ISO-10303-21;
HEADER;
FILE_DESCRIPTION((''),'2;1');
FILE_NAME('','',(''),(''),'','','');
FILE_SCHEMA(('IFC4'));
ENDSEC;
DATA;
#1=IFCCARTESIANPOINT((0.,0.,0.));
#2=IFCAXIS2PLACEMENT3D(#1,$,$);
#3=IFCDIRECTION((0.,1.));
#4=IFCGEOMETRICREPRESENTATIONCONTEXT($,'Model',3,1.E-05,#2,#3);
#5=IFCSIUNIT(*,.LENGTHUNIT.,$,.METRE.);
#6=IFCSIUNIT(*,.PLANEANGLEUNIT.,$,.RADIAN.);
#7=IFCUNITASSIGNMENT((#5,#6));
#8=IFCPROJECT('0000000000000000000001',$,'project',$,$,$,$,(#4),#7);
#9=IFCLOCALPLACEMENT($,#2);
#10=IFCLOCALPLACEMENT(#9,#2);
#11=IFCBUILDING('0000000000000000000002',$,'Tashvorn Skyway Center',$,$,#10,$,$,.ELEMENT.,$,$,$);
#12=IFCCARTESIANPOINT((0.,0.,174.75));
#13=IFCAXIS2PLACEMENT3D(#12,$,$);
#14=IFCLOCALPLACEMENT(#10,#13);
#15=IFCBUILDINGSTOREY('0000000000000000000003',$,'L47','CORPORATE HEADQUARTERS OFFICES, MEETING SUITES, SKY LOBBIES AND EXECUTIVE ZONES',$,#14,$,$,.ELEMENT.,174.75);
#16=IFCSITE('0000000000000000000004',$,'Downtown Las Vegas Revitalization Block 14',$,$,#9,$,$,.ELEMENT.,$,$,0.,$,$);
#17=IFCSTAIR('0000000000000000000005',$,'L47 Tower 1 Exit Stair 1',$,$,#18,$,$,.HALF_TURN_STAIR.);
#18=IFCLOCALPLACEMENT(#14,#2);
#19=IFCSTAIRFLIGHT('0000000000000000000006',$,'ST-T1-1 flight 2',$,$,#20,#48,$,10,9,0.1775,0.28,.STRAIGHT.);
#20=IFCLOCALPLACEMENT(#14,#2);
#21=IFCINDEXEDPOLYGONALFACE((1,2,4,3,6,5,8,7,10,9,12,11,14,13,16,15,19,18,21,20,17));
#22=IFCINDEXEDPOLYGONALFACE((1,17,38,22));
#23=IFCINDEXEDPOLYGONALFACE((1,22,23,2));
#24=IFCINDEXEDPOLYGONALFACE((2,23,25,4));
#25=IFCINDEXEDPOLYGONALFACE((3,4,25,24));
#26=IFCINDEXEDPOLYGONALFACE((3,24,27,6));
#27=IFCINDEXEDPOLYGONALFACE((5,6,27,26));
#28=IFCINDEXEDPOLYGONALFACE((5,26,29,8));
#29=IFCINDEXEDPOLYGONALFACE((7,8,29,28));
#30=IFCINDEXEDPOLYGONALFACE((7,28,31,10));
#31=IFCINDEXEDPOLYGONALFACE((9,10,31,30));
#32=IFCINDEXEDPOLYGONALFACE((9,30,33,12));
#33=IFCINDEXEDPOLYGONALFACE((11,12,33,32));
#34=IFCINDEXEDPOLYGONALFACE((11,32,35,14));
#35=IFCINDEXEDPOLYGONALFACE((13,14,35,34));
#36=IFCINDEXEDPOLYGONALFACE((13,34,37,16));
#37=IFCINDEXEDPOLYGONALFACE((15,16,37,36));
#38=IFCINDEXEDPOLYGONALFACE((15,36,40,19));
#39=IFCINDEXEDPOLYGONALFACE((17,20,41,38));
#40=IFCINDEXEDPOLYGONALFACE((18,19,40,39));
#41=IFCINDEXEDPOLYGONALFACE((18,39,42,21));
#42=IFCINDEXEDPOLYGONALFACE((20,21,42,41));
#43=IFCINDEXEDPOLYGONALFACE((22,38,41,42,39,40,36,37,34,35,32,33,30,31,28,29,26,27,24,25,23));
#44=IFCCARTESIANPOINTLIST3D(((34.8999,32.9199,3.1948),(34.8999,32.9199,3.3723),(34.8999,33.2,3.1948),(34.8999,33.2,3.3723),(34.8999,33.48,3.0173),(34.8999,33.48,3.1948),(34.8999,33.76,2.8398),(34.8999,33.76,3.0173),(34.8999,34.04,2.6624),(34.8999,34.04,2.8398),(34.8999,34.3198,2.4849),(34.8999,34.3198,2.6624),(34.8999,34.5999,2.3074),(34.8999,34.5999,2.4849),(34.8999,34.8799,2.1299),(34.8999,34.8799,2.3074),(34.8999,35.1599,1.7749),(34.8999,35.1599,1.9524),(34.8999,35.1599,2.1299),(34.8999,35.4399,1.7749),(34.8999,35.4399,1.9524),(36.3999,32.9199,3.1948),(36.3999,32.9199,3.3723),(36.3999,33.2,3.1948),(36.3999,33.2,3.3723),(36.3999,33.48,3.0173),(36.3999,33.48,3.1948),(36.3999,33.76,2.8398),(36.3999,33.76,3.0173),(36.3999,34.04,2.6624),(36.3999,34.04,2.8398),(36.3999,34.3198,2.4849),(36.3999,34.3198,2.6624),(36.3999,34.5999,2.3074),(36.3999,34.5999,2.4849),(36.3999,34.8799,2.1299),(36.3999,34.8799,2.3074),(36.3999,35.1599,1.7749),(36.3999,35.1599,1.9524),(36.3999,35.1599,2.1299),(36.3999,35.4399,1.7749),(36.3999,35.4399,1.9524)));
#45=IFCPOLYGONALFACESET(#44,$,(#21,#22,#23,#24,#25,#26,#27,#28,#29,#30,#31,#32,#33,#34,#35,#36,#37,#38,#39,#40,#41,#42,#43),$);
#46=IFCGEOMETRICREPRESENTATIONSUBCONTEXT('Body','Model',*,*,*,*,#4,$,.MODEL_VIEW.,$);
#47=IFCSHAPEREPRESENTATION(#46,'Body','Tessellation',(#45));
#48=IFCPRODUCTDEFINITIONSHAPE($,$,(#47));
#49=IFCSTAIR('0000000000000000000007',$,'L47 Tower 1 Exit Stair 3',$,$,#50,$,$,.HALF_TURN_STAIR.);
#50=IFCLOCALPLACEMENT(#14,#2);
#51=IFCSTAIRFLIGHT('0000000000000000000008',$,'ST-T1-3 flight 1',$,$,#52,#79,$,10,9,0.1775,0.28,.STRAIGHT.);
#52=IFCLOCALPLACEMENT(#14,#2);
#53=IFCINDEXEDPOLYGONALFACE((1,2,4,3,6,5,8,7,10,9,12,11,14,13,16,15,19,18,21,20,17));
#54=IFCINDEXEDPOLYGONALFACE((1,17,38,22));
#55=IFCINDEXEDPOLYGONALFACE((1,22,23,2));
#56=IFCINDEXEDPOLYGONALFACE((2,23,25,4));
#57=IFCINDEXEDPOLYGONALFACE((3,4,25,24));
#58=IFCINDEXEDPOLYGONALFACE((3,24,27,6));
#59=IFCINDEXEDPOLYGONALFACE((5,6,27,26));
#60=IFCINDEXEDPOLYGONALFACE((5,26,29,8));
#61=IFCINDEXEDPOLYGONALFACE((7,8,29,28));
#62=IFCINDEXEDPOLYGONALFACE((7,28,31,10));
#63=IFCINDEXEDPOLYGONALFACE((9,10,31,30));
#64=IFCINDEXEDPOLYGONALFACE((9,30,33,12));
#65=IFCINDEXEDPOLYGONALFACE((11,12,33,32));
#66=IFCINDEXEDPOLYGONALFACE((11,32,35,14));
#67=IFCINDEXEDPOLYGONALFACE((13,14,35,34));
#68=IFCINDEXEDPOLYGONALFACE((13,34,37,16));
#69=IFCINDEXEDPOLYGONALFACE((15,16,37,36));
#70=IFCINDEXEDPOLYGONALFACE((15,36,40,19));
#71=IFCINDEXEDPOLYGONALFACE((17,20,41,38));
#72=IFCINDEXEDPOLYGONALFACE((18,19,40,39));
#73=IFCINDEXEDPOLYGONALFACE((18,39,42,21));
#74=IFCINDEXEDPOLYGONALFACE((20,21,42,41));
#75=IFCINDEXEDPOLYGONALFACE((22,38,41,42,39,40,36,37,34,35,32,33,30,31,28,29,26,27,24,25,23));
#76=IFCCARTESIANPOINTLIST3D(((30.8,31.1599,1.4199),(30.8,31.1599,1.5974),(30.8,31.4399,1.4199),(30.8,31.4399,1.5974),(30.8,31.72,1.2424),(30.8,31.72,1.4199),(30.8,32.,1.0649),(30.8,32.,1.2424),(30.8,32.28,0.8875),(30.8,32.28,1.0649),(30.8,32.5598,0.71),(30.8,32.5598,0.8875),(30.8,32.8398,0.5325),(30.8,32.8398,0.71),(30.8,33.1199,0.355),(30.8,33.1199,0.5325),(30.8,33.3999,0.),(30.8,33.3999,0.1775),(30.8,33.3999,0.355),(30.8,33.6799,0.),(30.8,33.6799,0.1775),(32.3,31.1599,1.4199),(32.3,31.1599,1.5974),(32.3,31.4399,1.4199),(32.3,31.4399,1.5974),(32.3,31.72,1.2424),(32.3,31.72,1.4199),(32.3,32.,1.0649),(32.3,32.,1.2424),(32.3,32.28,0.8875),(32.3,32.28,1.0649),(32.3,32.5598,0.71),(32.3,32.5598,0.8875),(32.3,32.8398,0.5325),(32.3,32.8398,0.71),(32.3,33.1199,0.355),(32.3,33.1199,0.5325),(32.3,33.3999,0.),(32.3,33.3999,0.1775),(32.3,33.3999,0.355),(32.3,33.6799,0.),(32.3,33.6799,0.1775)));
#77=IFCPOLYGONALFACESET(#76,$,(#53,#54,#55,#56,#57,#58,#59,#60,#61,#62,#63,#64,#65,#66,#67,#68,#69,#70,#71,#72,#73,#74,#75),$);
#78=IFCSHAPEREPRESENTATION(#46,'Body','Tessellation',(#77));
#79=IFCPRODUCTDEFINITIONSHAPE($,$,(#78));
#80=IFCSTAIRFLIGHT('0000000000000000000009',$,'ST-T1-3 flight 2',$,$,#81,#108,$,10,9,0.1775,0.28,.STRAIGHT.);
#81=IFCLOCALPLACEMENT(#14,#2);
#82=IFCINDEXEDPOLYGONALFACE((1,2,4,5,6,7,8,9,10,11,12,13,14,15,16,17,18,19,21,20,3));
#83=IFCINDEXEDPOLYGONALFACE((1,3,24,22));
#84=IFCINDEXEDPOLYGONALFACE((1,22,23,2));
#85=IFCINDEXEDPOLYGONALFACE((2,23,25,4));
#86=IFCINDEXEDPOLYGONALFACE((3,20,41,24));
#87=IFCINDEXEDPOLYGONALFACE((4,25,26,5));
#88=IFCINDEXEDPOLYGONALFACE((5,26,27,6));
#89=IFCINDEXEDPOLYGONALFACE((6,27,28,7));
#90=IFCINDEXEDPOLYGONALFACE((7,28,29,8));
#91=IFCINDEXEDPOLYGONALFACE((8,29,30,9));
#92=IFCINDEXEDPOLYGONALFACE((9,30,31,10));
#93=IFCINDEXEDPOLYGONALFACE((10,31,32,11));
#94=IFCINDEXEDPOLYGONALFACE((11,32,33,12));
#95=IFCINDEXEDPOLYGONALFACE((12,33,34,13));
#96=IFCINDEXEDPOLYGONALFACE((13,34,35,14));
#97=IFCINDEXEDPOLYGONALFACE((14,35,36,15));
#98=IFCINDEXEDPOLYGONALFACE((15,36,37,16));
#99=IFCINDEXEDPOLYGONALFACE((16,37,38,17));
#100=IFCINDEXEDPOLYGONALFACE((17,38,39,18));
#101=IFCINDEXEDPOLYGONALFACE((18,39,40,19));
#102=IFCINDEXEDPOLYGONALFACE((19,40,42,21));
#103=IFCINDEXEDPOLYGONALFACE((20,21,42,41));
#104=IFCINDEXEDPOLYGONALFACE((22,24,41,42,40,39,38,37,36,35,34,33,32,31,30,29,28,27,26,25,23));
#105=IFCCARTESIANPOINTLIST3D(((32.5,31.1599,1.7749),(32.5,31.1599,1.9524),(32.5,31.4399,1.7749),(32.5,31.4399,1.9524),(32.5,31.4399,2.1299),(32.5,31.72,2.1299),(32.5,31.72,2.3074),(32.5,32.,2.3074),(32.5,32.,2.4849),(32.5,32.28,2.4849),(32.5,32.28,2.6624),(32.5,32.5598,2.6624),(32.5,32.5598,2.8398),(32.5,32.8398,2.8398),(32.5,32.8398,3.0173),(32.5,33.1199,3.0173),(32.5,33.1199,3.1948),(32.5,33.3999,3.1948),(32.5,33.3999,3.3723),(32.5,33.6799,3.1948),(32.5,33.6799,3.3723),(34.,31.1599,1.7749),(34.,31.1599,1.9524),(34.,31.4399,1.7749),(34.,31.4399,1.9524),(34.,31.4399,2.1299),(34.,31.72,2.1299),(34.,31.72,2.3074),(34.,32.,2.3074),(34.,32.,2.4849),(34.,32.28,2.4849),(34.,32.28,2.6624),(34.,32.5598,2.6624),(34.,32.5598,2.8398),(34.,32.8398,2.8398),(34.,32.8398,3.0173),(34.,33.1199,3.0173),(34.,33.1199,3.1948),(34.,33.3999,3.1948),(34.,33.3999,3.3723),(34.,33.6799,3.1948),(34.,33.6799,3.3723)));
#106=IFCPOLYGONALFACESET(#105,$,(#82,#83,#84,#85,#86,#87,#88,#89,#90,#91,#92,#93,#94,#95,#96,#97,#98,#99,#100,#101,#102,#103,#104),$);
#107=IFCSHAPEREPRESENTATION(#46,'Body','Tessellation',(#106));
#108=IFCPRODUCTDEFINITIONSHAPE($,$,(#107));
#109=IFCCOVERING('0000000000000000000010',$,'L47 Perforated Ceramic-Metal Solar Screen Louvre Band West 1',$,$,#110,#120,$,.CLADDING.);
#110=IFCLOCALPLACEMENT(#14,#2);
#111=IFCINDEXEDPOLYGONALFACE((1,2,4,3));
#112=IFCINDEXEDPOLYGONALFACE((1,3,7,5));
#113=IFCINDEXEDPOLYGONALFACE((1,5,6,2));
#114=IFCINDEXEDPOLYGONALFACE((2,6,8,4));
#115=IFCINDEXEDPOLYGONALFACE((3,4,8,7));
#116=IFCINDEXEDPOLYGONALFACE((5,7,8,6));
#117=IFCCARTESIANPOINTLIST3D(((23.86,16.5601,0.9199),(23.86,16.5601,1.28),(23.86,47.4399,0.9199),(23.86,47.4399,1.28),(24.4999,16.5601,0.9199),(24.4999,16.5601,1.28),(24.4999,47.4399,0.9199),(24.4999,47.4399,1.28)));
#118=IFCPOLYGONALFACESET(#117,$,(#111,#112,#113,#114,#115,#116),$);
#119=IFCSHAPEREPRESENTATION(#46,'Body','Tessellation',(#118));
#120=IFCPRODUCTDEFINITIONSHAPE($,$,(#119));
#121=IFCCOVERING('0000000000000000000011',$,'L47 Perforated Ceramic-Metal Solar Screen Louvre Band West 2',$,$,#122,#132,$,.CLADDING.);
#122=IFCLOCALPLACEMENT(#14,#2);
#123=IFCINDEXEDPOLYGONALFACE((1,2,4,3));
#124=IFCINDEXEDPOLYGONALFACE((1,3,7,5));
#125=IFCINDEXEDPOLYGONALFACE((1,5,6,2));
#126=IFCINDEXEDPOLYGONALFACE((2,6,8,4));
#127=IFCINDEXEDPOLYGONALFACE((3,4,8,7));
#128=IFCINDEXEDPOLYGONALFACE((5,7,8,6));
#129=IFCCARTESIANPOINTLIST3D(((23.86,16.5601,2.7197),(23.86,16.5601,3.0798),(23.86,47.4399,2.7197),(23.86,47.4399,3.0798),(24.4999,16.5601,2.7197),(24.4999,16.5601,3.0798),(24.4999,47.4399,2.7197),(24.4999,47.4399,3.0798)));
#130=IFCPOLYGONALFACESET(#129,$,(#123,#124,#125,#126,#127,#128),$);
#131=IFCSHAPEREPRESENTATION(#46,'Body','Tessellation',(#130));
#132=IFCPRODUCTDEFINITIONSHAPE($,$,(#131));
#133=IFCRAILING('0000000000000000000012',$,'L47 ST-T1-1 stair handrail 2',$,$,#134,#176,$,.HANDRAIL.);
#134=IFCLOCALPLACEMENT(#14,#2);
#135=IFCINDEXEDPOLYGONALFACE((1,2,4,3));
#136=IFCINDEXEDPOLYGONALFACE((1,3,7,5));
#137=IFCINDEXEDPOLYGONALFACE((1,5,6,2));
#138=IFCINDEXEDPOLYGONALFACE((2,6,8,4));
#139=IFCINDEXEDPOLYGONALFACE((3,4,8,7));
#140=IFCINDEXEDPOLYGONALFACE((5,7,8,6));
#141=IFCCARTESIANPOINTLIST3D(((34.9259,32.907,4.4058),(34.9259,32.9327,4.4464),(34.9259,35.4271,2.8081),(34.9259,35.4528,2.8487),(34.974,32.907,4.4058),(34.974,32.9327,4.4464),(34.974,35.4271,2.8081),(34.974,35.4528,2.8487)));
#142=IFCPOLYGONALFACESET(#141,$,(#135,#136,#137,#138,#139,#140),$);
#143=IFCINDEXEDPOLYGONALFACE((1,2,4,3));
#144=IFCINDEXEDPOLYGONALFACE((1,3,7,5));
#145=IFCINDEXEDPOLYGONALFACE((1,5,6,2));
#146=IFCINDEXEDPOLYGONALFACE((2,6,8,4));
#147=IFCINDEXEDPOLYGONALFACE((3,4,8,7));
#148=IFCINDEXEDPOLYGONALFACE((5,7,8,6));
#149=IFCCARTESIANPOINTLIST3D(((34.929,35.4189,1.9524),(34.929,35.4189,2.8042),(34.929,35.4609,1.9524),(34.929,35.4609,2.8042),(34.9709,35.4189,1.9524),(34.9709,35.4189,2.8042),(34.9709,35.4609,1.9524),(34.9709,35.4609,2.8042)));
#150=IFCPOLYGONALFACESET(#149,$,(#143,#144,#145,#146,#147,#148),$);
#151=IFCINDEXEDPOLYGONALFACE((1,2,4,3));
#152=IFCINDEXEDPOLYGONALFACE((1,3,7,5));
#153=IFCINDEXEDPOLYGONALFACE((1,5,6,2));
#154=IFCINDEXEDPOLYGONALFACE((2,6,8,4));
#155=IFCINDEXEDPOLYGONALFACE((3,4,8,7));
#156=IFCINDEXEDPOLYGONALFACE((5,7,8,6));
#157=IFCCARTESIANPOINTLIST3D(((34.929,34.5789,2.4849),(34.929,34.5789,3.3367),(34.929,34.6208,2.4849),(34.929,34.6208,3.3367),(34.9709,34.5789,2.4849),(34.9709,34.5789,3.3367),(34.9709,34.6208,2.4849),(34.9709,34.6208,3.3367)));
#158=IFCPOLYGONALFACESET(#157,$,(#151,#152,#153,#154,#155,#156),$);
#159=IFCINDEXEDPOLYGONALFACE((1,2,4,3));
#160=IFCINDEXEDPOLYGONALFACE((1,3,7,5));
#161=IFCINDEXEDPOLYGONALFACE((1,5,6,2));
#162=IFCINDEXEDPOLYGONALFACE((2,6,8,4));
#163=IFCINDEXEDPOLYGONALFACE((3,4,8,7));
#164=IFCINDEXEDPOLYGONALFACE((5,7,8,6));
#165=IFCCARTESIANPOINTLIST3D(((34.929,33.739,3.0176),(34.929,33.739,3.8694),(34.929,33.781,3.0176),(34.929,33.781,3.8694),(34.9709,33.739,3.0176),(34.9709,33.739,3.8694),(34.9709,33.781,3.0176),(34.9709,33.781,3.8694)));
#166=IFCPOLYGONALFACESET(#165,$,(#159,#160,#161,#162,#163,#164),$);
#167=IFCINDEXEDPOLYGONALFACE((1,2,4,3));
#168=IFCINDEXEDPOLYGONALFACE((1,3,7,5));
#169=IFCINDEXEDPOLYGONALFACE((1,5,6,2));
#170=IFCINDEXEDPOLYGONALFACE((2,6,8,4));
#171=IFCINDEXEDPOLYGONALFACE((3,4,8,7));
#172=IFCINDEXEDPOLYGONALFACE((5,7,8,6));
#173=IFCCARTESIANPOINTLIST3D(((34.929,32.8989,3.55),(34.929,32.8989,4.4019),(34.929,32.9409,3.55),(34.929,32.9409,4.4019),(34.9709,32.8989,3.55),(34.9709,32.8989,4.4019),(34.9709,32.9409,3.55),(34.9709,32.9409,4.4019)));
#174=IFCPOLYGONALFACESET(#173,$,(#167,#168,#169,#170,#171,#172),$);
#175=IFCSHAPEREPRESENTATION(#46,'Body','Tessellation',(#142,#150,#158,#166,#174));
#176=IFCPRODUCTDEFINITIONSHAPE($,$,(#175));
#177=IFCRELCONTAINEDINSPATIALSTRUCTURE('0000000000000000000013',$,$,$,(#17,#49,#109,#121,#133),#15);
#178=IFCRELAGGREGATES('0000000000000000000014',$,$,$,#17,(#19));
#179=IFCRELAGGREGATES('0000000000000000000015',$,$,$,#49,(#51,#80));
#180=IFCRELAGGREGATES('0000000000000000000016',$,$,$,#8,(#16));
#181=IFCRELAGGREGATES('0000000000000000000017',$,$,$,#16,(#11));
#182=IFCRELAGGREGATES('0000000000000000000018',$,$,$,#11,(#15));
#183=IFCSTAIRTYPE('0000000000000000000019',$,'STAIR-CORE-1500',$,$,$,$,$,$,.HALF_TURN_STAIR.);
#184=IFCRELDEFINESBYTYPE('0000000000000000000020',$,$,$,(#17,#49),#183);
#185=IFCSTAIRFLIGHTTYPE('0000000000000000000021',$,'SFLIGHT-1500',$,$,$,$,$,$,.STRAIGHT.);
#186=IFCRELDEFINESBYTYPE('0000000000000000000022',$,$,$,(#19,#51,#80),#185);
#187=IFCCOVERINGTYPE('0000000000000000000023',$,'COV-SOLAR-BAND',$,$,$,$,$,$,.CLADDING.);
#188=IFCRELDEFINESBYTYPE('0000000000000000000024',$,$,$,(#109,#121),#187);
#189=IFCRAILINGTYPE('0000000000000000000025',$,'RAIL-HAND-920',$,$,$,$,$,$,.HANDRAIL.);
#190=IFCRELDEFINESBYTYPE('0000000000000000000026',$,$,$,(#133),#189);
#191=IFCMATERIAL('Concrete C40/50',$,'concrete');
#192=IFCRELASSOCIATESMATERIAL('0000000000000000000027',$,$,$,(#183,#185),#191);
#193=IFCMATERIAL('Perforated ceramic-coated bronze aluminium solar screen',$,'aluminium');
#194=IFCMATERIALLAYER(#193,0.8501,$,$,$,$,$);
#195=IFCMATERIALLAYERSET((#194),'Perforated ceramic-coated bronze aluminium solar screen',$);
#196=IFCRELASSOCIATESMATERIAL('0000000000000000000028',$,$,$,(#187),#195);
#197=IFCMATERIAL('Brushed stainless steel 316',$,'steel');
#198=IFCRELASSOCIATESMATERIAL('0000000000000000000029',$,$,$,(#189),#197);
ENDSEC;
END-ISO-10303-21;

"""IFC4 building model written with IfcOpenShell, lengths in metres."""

from ifc_helpers import new_model, si_unit, direction, frame, origin, origin_2d, place, context, subcontext, project, spatial, polyline, rectangle, outline, extrude, material, layer, layer_set, type_object, element, aggregate, save


model = new_model("IFC4")

# Units and contexts
model_context = context("Model", 3, precision=1e-05, world=origin(), true_north=direction((0.0, 1.0)))
body_context = subcontext(model_context, "Body", "Model", "MODEL_VIEW")
ifc_project = project(units=[si_unit("LENGTHUNIT", "METRE"), si_unit("PLANEANGLEUNIT", "RADIAN")], contexts=[model_context])

# Site, building, storey
site_placement = place(None, origin())
site = spatial("IfcSite", under=ifc_project, at=site_placement, Name="Downtown Las Vegas Revitalization Block 14", CompositionType="ELEMENT", RefElevation=0.0)
building_placement = place(site_placement, origin())
building = spatial("IfcBuilding", under=site, at=building_placement, Name="Tashvorn Skyway Center", CompositionType="ELEMENT")
storey_placement = place(building_placement, frame((0.0, 0.0, 174.75)))
storey = spatial("IfcBuildingStorey", under=building, at=storey_placement, Name="L47", Description="CORPORATE HEADQUARTERS OFFICES, MEETING SUITES, SKY LOBBIES AND EXECUTIVE ZONES", CompositionType="ELEMENT", Elevation=174.75)

# Shared definitions
ifc_material_1 = material(Name="Concrete C40/50", Category="concrete")

# Stair, stair flight
stair_type = type_object("IfcStairType", Name="STAIR-CORE-1500", PredefinedType="HALF_TURN_STAIR", material=ifc_material_1)
stair_1_placement = place(storey_placement, origin())
stair_1 = element("IfcStair", 1, at=stair_1_placement, inside=storey, type_object=stair_type, Name="L47 Tower 1 Exit Stair 1", PredefinedType="HALF_TURN_STAIR")
stair_flight_type = type_object("IfcStairFlightType", Name="SFLIGHT-1500", PredefinedType="STRAIGHT", material=ifc_material_1)
stair_flight_1_placement = place(storey_placement, frame((35.6499, 35.4399, 1.7749), z_axis=(0.0, 0.0, 1.0), x_axis=(0.0, -1.0, 0.0)))
stair_flight_1 = element("IfcStairFlight", 2, at=stair_flight_1_placement, type_object=stair_flight_type, Name="ST-T1-1 flight 2", NumberOfRisers=10, NumberOfTreads=9, PredefinedType="STRAIGHT", RiserHeight=0.1775, TreadLength=0.28, context=body_context, shape_type="SweptSolid", body=[
    extrude(outline(polyline([(0.0, 0.0), (0.0, 0.1775), (0.28, 0.1775), (0.28, 0.355), (0.5601, 0.355), (0.5601, 0.5325), (0.8401, 0.5325), (0.8401, 0.71), (1.1201, 0.71), (1.1201, 0.8875), (1.3999, 0.8875), (1.3999, 1.0649), (1.6799, 1.0649), (1.6799, 1.2424), (1.96, 1.2424), (1.96, 1.4199), (2.24, 1.4199), (2.24, 1.5974), (2.52, 1.5974), (2.52, 1.7749), (2.52, 1.4199), (0.28, 0.0), (0.0, 0.0)])), frame((0.0, 0.75, 0.0), z_axis=(0.0, -1.0, 0.0), x_axis=(1.0, 0.0, 0.0)), (0.0, 0.0, 1.0), 1.5),
])
aggregate(stair_1, [stair_flight_1])

# Stair, stair flights
stair_2_placement = place(storey_placement, origin())
stair_2 = element("IfcStair", 3, at=stair_2_placement, inside=storey, type_object=stair_type, Name="L47 Tower 1 Exit Stair 3", PredefinedType="HALF_TURN_STAIR")
stair_flight_2_placement = place(storey_placement, frame((31.55, 33.6799, 0.0), z_axis=(0.0, 0.0, 1.0), x_axis=(0.0, -1.0, 0.0)))
stair_flight_2 = element("IfcStairFlight", 4, at=stair_flight_2_placement, type_object=stair_flight_type, Name="ST-T1-3 flight 1", NumberOfRisers=10, NumberOfTreads=9, PredefinedType="STRAIGHT", RiserHeight=0.1775, TreadLength=0.28, context=body_context, shape_type="SweptSolid", body=[
    extrude(outline(polyline([(0.0, 0.0), (0.0, 0.1775), (0.28, 0.1775), (0.28, 0.355), (0.5601, 0.355), (0.5601, 0.5325), (0.8401, 0.5325), (0.8401, 0.71), (1.1201, 0.71), (1.1201, 0.8875), (1.3999, 0.8875), (1.3999, 1.0649), (1.6799, 1.0649), (1.6799, 1.2424), (1.96, 1.2424), (1.96, 1.4199), (2.24, 1.4199), (2.24, 1.5974), (2.52, 1.5974), (2.52, 1.7749), (2.52, 1.4199), (0.28, 0.0), (0.0, 0.0)])), frame((0.0, 0.75, 0.0), z_axis=(0.0, -1.0, 0.0), x_axis=(1.0, 0.0, 0.0)), (0.0, 0.0, 1.0), 1.5),
])
stair_flight_3_placement = place(storey_placement, frame((33.25, 31.1599, 1.7749), z_axis=(0.0, 0.0, 1.0), x_axis=(0.0, 1.0, 0.0)))
stair_flight_3 = element("IfcStairFlight", 5, at=stair_flight_3_placement, type_object=stair_flight_type, Name="ST-T1-3 flight 2", NumberOfRisers=10, NumberOfTreads=9, PredefinedType="STRAIGHT", RiserHeight=0.1775, TreadLength=0.28, context=body_context, shape_type="SweptSolid", body=[
    extrude(outline(polyline([(0.0, 0.0), (0.0, 0.1775), (0.28, 0.1775), (0.28, 0.355), (0.5601, 0.355), (0.5601, 0.5325), (0.8401, 0.5325), (0.8401, 0.71), (1.1201, 0.71), (1.1201, 0.8875), (1.3999, 0.8875), (1.3999, 1.0649), (1.6799, 1.0649), (1.6799, 1.2424), (1.96, 1.2424), (1.96, 1.4199), (2.24, 1.4199), (2.24, 1.5974), (2.52, 1.5974), (2.52, 1.7749), (2.52, 1.4199), (0.28, 0.0), (0.0, 0.0)])), frame((0.0, 0.75, 0.0), z_axis=(0.0, -1.0, 0.0), x_axis=(1.0, 0.0, 0.0)), (0.0, 0.0, 1.0), 1.5),
])
aggregate(stair_2, [stair_flight_2, stair_flight_3])

# Coverings
ifc_material_2 = material(Name="Perforated ceramic-coated bronze aluminium solar screen", Category="aluminium")
ifc_layer_1 = layer(ifc_material_2, 0.8501)
ifc_layer_set_1 = layer_set([ifc_layer_1], Name="Perforated ceramic-coated bronze aluminium solar screen")
covering_type = type_object("IfcCoveringType", Name="COV-SOLAR-BAND", PredefinedType="CLADDING", material=ifc_layer_set_1)
for number, where, z_axis, x_axis, name in (
    (6, (24.1799, 32.0, 0.9199), (0.0, 0.0, 1.0), (0.0, 1.0, 0.0), "L47 Perforated Ceramic-Metal Solar Screen Louvre Band West 1"),
    (7, (24.1799, 32.0, 2.7197), (0.0, 0.0, 1.0), (0.0, 1.0, 0.0), "L47 Perforated Ceramic-Metal Solar Screen Louvre Band West 2"),
):
    element("IfcCovering", number, at=place(storey_placement, frame(where, z_axis=z_axis, x_axis=x_axis)), inside=storey, type_object=covering_type, Name=name, PredefinedType="CLADDING", context=body_context, shape_type="SweptSolid", body=[
        extrude(rectangle(XDim=30.8799, YDim=0.6399, at=origin_2d()), origin(), (0.0, 0.0, 1.0), 0.3601),
    ])

# Railing
ifc_material_3 = material(Name="Brushed stainless steel 316", Category="steel")
railing_type_1 = type_object("IfcRailingType", Name="RAIL-HAND-920", PredefinedType="HANDRAIL", material=ifc_material_3)
railing_1_placement = place(storey_placement, frame((34.95, 35.4399, 1.9524)))
element("IfcRailing", 8, at=railing_1_placement, inside=storey, type_object=railing_type_1, Name="L47 ST-T1-1 stair handrail 2", PredefinedType="HANDRAIL", context=body_context, shape_type="SweptSolid", body=[
    extrude(rectangle(XDim=0.0481, YDim=0.0481, at=origin_2d()), frame((0.0, 0.0, 0.876), z_axis=(0.0, -0.84457, 0.535445), x_axis=(1.0, 0.0, 0.0)), (0.0, 0.0, 1.0), 2.9839),
    extrude(rectangle(XDim=0.042, YDim=0.042, at=origin_2d()), origin(), (0.0, 0.0, 1.0), 0.8518),
    extrude(rectangle(XDim=0.042, YDim=0.042, at=origin_2d()), frame((0.0, -0.8401, 0.5325)), (0.0, 0.0, 1.0), 0.8518),
    extrude(rectangle(XDim=0.042, YDim=0.042, at=origin_2d()), frame((0.0, -1.6799, 1.0652)), (0.0, 0.0, 1.0), 0.8518),
    extrude(rectangle(XDim=0.042, YDim=0.042, at=origin_2d()), frame((0.0, -2.52, 1.5977)), (0.0, 0.0, 1.0), 0.8518),
])

save(model, "model.ifc")
